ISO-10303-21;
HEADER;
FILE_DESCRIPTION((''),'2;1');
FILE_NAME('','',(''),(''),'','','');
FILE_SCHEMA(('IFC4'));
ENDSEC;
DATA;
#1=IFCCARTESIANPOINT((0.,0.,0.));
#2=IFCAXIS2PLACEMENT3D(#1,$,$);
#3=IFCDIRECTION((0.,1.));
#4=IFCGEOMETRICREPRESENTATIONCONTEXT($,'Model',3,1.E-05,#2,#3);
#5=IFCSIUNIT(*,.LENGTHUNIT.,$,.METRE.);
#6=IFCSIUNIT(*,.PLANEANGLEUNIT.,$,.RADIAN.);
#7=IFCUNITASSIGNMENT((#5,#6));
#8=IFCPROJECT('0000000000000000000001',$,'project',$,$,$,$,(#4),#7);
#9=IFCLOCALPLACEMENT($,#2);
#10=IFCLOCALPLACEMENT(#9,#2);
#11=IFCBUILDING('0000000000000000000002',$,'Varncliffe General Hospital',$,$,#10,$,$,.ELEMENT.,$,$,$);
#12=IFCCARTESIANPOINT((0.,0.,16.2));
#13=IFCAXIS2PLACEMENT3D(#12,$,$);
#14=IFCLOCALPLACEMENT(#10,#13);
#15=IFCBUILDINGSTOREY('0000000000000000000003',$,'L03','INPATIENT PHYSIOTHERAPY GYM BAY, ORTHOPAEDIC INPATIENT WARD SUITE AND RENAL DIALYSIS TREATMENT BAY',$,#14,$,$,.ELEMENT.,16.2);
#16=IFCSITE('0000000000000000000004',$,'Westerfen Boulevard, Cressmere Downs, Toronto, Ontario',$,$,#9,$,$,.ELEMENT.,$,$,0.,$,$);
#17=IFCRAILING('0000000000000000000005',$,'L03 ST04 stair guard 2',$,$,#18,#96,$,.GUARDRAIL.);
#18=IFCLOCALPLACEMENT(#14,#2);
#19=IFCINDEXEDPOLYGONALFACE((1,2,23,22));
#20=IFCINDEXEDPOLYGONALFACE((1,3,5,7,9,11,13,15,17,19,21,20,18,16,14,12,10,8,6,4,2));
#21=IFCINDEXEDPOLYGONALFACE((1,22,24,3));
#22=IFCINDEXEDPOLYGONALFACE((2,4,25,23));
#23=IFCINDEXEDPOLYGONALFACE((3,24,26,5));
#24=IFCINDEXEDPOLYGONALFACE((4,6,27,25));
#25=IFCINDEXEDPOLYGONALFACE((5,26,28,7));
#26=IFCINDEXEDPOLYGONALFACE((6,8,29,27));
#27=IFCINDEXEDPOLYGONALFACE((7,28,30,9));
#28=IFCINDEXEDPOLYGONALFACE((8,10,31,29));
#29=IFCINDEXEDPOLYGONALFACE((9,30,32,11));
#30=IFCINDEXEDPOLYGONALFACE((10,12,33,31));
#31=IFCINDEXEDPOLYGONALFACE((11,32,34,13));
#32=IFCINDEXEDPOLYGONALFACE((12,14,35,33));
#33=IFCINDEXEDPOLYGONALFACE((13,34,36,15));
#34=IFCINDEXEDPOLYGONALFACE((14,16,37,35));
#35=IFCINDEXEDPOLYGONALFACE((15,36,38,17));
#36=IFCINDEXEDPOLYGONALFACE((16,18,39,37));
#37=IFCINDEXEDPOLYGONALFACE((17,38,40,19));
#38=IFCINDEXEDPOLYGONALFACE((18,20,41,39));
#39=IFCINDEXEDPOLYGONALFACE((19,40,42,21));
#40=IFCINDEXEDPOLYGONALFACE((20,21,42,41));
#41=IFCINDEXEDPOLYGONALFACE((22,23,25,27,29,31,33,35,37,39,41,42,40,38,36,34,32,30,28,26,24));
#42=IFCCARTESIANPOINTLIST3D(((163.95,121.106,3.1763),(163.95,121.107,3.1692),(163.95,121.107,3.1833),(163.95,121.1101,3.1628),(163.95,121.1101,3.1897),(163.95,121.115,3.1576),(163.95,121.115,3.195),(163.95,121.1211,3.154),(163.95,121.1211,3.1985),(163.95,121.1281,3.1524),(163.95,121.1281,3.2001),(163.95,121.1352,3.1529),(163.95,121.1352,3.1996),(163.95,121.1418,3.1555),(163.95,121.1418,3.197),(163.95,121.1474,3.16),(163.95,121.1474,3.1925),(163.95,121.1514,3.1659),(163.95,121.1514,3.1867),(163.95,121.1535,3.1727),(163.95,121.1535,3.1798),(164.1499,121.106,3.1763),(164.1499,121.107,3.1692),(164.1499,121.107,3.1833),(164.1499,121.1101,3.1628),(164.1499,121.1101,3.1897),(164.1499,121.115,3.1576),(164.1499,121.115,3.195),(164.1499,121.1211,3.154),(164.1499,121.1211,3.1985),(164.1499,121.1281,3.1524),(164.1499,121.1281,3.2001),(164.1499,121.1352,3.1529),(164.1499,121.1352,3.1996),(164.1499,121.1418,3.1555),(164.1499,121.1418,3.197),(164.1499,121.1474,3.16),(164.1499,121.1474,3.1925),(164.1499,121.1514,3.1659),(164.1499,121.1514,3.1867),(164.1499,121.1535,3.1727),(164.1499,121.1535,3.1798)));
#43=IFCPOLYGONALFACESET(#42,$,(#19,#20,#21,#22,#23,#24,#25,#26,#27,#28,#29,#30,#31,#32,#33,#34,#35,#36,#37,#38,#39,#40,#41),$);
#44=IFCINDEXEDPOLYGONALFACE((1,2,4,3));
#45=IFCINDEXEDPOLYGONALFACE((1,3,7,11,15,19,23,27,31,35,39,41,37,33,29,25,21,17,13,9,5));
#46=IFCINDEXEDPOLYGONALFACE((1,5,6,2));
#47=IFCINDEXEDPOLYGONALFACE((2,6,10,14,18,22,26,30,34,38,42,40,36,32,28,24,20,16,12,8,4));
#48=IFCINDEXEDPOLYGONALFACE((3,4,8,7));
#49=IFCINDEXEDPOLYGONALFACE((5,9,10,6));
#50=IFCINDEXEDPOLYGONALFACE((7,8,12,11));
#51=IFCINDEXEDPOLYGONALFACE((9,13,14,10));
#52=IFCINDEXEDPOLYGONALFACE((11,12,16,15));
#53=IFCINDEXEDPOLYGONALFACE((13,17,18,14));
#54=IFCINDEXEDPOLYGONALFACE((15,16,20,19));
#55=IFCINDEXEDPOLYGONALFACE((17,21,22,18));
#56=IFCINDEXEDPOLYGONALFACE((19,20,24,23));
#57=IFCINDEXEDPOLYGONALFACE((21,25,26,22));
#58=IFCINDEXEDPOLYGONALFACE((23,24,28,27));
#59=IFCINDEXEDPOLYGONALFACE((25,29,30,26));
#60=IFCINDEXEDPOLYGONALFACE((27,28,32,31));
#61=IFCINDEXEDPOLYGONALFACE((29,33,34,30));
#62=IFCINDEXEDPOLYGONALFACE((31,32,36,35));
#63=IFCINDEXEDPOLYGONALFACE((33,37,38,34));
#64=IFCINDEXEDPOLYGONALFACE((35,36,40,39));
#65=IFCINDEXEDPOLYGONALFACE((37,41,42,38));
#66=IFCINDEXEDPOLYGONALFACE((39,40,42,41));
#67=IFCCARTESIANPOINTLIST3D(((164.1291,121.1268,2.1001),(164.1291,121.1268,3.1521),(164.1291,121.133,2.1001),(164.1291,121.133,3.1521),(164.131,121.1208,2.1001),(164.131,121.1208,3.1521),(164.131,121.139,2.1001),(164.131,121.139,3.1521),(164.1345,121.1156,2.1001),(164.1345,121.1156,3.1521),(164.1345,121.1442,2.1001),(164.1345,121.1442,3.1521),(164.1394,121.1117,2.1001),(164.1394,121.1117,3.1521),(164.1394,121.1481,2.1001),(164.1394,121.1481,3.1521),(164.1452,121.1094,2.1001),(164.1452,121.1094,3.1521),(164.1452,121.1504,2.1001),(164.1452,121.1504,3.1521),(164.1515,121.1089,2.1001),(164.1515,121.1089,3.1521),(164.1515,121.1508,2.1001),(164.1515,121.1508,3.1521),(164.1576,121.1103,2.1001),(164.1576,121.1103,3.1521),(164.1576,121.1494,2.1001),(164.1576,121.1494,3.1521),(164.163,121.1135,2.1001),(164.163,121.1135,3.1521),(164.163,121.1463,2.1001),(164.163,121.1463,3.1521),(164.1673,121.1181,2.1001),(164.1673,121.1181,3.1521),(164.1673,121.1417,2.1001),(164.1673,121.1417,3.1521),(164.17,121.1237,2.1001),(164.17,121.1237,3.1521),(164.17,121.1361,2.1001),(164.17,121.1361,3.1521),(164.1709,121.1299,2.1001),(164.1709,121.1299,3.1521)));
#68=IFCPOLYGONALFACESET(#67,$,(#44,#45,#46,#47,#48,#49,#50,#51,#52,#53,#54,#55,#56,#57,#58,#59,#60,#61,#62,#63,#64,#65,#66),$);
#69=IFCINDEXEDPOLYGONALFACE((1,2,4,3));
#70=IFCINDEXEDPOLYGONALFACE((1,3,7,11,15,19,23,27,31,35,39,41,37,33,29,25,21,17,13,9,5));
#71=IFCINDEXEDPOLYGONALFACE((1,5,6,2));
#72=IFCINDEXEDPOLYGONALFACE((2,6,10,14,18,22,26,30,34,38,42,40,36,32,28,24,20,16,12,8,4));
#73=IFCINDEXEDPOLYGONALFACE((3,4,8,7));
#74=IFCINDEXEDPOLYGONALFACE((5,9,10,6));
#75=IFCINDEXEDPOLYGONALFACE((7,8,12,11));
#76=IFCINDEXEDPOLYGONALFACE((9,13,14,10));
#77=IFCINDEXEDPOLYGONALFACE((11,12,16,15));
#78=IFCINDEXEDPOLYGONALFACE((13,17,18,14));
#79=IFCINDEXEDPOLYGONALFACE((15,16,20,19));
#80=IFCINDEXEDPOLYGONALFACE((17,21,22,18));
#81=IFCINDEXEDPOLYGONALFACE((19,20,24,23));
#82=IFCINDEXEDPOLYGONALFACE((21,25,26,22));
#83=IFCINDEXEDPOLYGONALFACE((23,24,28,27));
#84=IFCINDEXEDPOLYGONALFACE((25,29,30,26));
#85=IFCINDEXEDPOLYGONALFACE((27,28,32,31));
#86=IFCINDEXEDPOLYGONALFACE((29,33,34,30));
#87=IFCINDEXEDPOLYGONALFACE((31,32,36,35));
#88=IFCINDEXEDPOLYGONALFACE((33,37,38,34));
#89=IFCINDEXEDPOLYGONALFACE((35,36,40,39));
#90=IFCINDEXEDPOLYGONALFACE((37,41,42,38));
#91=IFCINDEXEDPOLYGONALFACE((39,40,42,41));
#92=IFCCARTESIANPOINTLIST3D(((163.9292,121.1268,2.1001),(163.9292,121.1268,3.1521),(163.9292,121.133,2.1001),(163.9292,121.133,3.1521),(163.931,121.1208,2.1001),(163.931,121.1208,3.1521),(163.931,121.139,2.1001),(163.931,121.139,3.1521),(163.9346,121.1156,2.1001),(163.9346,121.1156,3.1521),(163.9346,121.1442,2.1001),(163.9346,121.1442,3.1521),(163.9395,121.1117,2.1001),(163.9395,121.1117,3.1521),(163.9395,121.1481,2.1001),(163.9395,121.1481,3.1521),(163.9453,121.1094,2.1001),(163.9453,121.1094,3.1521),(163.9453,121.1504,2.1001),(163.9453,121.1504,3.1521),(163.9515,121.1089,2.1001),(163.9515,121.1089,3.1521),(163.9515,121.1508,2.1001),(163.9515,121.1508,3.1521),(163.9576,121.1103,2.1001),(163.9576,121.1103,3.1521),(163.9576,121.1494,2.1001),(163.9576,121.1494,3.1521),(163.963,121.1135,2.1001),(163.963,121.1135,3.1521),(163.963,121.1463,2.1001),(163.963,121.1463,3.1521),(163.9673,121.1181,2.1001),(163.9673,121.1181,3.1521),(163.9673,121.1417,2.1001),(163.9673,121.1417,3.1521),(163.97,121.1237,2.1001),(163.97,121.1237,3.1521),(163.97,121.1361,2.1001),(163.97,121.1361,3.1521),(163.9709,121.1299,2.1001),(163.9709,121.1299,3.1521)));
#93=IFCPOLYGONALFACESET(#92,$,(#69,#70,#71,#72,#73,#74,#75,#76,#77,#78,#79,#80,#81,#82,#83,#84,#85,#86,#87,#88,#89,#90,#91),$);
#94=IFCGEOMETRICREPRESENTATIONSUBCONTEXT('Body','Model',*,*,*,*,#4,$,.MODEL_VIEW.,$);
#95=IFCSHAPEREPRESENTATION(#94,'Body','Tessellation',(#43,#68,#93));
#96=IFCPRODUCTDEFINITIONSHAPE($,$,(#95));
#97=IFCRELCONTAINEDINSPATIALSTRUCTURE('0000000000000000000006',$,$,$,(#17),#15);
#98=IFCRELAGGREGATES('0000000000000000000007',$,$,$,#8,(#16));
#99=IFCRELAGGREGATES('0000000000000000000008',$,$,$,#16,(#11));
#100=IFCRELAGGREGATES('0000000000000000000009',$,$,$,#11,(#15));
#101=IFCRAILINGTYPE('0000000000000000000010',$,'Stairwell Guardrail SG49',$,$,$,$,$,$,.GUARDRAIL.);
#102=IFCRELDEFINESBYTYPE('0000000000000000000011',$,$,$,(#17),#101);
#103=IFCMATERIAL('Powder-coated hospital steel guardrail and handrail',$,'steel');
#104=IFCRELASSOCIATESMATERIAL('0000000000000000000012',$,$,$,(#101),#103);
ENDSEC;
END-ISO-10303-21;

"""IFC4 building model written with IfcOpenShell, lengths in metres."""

from ifc_helpers import new_model, si_unit, direction, frame, origin, origin_2d, place, context, subcontext, project, spatial, circle, extrude, material, type_object, element, save


model = new_model("IFC4")

# Units and contexts
model_context = context("Model", 3, precision=1e-05, world=origin(), true_north=direction((0.0, 1.0)))
body_context = subcontext(model_context, "Body", "Model", "MODEL_VIEW")
ifc_project = project(units=[si_unit("LENGTHUNIT", "METRE"), si_unit("PLANEANGLEUNIT", "RADIAN")], contexts=[model_context])

# Site, building, storey
site_placement = place(None, origin())
site = spatial("IfcSite", under=ifc_project, at=site_placement, Name="Westerfen Boulevard, Cressmere Downs, Toronto, Ontario", CompositionType="ELEMENT", RefElevation=0.0)
building_placement = place(site_placement, origin())
building = spatial("IfcBuilding", under=site, at=building_placement, Name="Varncliffe General Hospital", CompositionType="ELEMENT")
storey_placement = place(building_placement, frame((0.0, 0.0, 16.2)))
storey = spatial("IfcBuildingStorey", under=building, at=storey_placement, Name="L03", Description="INPATIENT PHYSIOTHERAPY GYM BAY, ORTHOPAEDIC INPATIENT WARD SUITE AND RENAL DIALYSIS TREATMENT BAY", CompositionType="ELEMENT", Elevation=16.2)

# Railing
ifc_material_1 = material(Name="Powder-coated hospital steel guardrail and handrail", Category="steel")
railing_type_1 = type_object("IfcRailingType", Name="Stairwell Guardrail SG49", PredefinedType="GUARDRAIL", material=ifc_material_1)
railing_1_placement = place(storey_placement, frame((164.1499, 121.1299, 2.1001)))
element("IfcRailing", 1, at=railing_1_placement, inside=storey, type_object=railing_type_1, Name="L03 ST04 stair guard 2", PredefinedType="GUARDRAIL", context=body_context, shape_type="SweptSolid", body=[
    extrude(circle(Radius=0.0239, at=origin_2d()), frame((0.0, 0.0, 1.0762), z_axis=(-1.0, 0.0, 0.0), x_axis=(0.0, -1.0, 0.0)), (0.0, 0.0, 1.0), 0.2),
    extrude(circle(Radius=0.021, at=origin_2d()), origin(), (0.0, 0.0, 1.0), 1.052),
    extrude(circle(Radius=0.021, at=origin_2d()), frame((-0.2, 0.0, 0.0)), (0.0, 0.0, 1.0), 1.052),
])

save(model, "model.ifc")
